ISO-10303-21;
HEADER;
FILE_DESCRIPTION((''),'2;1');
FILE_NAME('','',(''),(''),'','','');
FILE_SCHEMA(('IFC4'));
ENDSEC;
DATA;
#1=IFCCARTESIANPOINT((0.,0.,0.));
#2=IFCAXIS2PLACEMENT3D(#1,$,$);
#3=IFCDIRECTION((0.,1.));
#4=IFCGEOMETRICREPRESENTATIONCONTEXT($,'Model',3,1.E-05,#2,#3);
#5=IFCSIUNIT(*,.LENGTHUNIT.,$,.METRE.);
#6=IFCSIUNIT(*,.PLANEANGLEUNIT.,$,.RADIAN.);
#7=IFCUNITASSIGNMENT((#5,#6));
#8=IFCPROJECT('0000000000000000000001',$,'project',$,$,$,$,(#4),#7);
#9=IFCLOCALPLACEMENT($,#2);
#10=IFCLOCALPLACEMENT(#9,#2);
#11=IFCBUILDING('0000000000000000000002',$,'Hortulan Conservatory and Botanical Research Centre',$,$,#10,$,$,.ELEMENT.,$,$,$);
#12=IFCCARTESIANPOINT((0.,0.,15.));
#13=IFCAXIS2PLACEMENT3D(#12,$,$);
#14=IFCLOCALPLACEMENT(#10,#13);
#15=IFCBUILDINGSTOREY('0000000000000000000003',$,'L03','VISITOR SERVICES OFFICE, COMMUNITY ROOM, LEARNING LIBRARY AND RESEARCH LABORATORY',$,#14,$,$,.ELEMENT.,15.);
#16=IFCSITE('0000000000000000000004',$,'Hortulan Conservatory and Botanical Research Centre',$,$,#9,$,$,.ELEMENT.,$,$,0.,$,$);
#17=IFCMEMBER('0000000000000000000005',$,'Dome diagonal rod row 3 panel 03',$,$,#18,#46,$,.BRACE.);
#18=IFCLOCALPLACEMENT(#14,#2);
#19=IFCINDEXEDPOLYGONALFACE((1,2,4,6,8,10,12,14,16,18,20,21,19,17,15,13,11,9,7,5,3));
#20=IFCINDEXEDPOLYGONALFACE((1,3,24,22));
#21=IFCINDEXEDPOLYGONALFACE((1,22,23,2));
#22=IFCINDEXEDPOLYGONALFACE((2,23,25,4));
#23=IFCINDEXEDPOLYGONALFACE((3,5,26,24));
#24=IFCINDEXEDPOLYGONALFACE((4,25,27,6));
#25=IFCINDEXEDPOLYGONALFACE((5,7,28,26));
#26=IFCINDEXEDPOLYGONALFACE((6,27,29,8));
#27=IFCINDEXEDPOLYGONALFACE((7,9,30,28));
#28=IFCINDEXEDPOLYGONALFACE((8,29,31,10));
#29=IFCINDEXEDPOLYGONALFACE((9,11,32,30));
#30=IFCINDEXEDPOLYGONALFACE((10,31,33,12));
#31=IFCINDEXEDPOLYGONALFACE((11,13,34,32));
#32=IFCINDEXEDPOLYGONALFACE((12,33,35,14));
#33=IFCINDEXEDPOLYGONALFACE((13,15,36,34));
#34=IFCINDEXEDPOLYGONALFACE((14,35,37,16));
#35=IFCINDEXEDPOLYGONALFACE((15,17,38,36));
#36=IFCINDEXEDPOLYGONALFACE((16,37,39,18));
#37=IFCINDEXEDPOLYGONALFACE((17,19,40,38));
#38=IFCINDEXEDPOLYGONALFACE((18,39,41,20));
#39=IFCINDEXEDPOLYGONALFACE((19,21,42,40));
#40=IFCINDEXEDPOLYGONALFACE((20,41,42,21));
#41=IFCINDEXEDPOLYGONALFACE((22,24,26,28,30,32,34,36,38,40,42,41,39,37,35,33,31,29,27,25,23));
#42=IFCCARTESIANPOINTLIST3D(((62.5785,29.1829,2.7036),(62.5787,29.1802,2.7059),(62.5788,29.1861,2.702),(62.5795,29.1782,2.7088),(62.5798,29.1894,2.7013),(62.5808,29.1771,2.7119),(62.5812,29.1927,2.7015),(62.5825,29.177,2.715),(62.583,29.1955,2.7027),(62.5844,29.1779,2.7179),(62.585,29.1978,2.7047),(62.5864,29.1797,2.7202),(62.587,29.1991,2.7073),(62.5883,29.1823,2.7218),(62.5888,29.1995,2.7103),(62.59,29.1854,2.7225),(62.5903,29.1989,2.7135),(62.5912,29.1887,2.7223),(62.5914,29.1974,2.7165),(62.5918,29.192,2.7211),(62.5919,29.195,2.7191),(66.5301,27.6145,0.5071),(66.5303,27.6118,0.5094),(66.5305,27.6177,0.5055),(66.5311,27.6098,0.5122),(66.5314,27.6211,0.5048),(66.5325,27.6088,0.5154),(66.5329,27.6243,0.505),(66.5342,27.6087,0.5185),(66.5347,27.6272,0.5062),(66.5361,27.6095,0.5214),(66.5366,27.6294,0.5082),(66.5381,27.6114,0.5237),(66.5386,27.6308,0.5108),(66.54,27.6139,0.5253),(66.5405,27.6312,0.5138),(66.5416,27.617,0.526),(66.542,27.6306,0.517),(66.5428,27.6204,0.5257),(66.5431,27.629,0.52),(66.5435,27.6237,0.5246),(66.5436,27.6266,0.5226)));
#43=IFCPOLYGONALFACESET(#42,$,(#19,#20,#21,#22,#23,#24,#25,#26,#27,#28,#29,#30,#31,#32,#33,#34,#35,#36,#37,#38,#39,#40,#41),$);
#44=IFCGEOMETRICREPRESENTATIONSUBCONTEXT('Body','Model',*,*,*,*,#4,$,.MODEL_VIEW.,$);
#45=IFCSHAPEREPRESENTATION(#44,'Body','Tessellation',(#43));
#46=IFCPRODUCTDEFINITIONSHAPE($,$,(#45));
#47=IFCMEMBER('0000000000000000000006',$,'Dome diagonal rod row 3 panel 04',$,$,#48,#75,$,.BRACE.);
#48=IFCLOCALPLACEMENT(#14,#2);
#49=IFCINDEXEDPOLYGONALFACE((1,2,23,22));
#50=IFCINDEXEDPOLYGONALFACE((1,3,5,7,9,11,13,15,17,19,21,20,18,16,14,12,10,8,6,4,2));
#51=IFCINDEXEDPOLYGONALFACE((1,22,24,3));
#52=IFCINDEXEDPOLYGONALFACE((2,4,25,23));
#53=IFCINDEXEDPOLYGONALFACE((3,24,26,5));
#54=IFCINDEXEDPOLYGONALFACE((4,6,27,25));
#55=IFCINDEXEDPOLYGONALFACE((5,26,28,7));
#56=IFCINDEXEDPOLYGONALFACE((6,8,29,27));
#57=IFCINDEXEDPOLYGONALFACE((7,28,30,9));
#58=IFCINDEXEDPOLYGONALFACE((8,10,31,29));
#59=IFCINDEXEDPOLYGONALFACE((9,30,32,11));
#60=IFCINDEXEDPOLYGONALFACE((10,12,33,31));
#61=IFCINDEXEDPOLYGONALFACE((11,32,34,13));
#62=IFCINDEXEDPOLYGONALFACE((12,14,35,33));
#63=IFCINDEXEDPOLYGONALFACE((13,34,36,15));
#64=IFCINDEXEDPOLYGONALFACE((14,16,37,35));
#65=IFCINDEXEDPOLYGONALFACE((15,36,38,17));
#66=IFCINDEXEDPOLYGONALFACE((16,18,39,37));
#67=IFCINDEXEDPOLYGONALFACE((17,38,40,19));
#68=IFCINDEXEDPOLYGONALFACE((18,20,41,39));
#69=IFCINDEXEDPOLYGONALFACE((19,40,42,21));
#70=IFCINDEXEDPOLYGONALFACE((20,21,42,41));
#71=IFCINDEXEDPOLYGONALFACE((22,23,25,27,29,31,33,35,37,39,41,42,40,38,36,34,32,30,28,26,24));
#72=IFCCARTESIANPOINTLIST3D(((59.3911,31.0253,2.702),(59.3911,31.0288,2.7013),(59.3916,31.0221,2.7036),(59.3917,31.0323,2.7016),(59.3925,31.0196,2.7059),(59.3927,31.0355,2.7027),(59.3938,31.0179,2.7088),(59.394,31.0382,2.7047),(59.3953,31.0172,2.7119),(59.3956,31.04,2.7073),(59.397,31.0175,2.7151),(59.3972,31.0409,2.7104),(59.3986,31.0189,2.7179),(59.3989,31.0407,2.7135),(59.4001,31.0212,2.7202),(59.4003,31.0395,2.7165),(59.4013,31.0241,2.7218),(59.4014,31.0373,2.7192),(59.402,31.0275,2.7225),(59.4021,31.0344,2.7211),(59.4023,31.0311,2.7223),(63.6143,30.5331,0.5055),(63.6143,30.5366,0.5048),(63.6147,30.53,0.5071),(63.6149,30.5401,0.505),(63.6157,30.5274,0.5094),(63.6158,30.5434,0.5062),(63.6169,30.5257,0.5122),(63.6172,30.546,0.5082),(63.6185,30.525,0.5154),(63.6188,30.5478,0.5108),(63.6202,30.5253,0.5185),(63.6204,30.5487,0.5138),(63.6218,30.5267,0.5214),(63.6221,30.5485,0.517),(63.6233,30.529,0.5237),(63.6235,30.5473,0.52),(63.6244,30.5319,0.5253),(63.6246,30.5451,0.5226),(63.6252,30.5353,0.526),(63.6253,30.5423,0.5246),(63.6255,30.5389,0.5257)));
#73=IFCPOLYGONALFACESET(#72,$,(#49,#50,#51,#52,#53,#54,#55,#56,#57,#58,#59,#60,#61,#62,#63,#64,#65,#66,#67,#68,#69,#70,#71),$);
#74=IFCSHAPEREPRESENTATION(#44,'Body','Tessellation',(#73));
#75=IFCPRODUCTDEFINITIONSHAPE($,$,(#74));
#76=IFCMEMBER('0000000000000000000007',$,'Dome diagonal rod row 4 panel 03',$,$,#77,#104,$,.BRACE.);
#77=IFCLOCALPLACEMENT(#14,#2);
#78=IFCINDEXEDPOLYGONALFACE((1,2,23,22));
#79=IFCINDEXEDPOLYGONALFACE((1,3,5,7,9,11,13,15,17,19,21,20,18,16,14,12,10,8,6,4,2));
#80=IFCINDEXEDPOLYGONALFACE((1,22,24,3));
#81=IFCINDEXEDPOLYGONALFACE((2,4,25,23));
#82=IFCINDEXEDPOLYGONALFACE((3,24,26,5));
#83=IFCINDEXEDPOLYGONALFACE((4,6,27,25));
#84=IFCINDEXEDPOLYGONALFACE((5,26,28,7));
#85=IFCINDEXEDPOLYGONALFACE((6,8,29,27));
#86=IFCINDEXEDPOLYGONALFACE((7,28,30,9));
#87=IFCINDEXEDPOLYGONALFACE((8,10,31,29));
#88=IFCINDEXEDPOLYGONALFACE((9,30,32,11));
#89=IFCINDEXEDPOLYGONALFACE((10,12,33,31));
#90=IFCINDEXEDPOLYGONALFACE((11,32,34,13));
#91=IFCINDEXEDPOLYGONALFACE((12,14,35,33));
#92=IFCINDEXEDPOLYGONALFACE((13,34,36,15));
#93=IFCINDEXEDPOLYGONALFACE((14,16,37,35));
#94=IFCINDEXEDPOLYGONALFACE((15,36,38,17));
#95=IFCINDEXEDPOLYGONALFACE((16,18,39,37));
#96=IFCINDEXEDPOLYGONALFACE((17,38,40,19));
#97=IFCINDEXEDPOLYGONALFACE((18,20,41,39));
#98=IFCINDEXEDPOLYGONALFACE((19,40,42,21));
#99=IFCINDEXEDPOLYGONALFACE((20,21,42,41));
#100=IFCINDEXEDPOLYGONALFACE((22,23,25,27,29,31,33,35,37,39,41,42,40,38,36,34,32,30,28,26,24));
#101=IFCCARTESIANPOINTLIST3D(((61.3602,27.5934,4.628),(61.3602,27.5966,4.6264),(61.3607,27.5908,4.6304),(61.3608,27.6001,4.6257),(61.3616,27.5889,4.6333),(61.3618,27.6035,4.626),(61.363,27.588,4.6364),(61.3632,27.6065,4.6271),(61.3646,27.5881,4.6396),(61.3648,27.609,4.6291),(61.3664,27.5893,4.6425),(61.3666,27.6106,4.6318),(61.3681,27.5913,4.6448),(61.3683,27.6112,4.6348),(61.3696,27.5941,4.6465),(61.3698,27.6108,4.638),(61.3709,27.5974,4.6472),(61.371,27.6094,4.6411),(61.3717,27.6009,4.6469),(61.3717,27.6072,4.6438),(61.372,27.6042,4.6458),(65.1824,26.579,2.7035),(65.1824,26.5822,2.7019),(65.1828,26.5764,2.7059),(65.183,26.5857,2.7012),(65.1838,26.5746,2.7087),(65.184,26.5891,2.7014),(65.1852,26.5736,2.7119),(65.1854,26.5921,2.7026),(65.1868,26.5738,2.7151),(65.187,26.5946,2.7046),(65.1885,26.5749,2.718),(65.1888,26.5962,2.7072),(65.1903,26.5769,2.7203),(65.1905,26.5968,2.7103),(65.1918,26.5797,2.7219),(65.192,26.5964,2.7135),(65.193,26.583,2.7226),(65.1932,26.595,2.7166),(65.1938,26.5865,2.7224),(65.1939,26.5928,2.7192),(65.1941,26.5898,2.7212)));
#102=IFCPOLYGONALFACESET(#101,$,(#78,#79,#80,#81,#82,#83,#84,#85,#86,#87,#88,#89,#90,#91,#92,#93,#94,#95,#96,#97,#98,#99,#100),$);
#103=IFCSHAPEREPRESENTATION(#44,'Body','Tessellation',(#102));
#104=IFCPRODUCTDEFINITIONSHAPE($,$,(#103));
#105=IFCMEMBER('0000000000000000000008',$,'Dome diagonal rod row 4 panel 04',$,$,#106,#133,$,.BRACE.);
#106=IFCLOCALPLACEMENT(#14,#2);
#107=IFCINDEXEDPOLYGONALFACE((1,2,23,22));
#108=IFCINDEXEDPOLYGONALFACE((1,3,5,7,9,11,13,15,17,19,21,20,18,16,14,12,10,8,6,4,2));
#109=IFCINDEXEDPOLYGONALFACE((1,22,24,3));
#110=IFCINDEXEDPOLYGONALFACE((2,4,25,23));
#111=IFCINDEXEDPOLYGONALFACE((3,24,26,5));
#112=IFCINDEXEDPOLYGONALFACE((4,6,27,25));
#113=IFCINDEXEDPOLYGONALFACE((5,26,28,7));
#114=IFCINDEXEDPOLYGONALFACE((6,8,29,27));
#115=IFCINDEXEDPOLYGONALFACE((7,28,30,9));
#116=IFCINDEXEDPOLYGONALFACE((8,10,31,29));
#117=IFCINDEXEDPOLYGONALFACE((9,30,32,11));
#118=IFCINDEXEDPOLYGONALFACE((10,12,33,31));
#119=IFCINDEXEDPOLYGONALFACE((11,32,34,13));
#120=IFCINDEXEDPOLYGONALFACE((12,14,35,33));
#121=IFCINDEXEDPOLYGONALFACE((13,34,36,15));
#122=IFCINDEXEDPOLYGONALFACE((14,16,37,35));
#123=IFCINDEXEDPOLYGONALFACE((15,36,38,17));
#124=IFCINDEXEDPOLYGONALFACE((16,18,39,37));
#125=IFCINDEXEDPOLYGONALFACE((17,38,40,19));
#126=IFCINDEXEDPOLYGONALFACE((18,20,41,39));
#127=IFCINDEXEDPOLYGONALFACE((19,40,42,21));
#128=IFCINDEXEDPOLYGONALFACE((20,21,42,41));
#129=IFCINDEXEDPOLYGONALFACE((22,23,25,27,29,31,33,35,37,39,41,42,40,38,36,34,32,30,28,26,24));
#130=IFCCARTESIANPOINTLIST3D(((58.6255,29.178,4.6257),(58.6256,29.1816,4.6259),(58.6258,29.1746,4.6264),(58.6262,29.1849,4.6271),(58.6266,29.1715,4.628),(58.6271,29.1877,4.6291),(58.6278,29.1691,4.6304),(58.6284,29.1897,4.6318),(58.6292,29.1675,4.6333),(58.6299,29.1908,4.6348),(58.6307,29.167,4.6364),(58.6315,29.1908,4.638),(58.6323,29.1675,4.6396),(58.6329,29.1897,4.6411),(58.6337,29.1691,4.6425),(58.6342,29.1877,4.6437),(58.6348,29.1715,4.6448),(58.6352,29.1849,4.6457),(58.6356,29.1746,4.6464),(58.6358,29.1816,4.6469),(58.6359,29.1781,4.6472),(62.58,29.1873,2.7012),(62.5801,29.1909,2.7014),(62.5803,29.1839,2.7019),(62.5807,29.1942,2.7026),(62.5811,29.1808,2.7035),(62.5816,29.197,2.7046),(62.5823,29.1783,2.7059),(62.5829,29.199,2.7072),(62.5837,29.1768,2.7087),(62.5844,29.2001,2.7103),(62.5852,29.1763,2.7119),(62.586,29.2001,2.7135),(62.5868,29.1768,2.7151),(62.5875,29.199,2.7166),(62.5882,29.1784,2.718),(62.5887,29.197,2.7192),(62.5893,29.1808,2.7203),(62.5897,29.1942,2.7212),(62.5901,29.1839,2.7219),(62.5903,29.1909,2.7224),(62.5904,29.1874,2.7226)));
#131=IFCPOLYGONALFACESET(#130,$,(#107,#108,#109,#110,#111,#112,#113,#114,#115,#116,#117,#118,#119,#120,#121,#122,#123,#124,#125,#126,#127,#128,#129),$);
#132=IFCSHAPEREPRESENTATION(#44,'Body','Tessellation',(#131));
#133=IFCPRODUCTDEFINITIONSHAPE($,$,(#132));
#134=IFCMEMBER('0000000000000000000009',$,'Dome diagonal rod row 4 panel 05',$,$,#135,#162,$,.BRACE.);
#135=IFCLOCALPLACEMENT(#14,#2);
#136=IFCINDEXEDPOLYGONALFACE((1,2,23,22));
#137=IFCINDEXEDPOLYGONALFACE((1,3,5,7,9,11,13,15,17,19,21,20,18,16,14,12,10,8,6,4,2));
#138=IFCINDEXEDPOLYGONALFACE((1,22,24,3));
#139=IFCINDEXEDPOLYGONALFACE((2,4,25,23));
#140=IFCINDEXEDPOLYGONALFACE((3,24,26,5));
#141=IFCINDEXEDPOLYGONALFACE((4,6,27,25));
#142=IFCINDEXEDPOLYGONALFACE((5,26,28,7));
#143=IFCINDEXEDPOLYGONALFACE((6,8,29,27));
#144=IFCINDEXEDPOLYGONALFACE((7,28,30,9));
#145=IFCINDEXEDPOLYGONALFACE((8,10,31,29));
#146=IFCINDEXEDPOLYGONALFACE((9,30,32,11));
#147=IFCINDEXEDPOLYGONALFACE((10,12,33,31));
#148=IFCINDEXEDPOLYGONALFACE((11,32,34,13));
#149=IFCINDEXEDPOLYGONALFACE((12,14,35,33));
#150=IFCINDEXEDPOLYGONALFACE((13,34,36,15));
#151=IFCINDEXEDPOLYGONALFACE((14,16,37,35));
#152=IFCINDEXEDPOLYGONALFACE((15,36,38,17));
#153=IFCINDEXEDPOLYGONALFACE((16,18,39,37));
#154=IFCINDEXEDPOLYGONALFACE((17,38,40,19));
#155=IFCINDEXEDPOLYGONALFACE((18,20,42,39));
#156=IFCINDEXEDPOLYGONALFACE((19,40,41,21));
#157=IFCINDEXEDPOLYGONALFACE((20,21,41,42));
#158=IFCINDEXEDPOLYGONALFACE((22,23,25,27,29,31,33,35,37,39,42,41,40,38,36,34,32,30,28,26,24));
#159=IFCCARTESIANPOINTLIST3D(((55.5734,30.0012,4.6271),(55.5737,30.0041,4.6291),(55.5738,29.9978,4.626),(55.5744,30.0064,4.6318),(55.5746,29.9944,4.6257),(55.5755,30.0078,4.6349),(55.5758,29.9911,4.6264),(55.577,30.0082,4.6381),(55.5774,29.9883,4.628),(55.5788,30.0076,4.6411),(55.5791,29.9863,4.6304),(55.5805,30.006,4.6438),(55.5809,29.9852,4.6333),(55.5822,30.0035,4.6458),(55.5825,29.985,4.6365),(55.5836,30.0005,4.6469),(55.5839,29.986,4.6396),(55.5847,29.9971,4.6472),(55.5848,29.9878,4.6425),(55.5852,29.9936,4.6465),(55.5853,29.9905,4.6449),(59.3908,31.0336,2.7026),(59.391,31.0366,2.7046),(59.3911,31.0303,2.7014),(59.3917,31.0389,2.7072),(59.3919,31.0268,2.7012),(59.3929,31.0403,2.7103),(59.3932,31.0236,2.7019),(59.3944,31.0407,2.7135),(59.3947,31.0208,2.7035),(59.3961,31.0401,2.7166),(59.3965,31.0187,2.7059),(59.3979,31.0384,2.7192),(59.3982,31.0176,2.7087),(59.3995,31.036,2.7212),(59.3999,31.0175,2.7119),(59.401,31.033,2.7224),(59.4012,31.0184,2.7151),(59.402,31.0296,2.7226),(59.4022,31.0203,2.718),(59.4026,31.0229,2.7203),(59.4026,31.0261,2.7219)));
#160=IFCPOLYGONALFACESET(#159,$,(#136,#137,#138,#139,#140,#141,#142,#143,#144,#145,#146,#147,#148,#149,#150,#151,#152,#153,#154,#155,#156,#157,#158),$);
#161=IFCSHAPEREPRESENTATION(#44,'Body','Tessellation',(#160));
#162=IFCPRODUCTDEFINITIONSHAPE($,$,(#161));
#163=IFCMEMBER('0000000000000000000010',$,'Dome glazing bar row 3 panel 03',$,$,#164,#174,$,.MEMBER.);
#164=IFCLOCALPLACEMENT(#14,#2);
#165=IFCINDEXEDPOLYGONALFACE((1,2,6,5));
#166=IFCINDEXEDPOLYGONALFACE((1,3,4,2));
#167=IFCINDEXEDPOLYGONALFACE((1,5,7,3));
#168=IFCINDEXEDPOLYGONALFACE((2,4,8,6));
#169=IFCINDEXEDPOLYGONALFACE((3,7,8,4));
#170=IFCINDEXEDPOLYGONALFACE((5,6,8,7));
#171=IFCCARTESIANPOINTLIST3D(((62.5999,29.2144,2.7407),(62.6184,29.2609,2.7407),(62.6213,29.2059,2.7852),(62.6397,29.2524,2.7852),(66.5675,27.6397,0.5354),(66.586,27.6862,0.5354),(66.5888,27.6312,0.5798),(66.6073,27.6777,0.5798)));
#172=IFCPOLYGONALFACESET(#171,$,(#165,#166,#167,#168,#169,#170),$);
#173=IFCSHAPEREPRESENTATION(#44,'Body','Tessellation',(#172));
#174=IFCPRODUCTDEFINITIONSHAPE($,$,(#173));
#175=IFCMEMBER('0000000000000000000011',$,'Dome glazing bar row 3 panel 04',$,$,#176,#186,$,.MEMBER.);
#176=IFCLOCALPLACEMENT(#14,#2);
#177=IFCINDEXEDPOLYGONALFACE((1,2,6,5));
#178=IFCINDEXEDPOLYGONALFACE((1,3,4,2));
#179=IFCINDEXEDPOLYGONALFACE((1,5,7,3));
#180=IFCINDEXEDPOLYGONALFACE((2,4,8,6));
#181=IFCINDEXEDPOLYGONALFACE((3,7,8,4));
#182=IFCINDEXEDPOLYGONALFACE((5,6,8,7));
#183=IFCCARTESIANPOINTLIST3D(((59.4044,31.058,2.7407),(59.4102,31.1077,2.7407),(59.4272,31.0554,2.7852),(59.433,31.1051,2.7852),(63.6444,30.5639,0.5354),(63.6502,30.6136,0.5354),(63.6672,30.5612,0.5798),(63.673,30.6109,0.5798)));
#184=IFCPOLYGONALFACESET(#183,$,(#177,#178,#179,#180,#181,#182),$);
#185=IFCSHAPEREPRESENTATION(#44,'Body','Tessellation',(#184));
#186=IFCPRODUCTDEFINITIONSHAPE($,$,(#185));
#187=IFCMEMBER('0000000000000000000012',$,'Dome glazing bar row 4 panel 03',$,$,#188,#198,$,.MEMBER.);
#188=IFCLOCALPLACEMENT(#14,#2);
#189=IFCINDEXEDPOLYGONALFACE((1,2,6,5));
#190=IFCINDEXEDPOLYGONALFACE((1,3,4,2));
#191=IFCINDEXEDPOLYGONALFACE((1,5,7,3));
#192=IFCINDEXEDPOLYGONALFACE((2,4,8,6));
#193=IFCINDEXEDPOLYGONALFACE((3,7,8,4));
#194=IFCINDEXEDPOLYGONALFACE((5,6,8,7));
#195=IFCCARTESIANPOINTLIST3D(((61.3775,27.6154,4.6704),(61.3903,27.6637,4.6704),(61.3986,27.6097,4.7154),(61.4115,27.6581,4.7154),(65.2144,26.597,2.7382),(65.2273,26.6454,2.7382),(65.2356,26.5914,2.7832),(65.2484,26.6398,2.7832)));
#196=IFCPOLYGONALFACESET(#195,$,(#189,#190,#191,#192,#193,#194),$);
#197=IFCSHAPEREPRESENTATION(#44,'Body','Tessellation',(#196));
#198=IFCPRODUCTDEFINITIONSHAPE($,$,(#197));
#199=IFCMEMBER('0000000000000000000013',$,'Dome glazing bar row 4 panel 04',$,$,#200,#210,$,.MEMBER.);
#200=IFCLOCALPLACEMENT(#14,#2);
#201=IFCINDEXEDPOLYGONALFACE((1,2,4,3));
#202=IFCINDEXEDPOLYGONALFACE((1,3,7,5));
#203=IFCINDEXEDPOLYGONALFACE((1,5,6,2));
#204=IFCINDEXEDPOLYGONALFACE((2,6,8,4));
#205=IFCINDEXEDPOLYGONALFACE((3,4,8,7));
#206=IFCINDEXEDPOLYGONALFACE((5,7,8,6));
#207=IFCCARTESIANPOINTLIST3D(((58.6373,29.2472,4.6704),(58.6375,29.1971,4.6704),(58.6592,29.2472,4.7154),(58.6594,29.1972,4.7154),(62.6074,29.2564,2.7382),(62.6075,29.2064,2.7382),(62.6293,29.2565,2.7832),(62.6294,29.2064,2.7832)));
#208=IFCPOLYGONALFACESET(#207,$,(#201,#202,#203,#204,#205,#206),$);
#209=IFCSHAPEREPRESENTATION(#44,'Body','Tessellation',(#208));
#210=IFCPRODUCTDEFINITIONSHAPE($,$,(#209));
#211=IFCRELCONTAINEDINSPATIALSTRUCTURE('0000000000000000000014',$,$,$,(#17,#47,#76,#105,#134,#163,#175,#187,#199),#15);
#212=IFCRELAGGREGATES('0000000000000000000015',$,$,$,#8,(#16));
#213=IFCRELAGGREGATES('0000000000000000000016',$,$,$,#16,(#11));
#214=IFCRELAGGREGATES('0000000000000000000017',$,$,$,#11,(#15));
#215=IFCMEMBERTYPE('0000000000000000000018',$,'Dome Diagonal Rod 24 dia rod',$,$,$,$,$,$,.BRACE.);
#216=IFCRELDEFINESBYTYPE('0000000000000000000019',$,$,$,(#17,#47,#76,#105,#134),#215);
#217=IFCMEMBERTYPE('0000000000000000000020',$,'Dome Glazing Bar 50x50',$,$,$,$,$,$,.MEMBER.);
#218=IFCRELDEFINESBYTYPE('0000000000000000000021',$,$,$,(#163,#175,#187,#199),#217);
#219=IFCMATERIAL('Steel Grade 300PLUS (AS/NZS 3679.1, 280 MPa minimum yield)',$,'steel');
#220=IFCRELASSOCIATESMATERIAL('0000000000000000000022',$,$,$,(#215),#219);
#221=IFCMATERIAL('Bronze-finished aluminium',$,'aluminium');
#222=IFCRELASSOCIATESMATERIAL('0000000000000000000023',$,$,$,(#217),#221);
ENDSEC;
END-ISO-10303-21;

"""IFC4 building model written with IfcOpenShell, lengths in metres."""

from ifc_helpers import new_model, si_unit, direction, frame, origin, origin_2d, place, context, subcontext, project, spatial, rectangle, circle, extrude, material, material_profile, profile_set, type_object, element, save


model = new_model("IFC4")

# Units and contexts
model_context = context("Model", 3, precision=1e-05, world=origin(), true_north=direction((0.0, 1.0)))
body_context = subcontext(model_context, "Body", "Model", "MODEL_VIEW")
ifc_project = project(units=[si_unit("LENGTHUNIT", "METRE"), si_unit("PLANEANGLEUNIT", "RADIAN")], contexts=[model_context])

# Site, building, storey
site_placement = place(None, origin())
site = spatial("IfcSite", under=ifc_project, at=site_placement, Name="Hortulan Conservatory and Botanical Research Centre", CompositionType="ELEMENT", RefElevation=0.0)
building_placement = place(site_placement, origin())
building = spatial("IfcBuilding", under=site, at=building_placement, Name="Hortulan Conservatory and Botanical Research Centre", CompositionType="ELEMENT")
storey_placement = place(building_placement, frame((0.0, 0.0, 15.0)))
storey = spatial("IfcBuildingStorey", under=building, at=storey_placement, Name="L03", Description="VISITOR SERVICES OFFICE, COMMUNITY ROOM, LEARNING LIBRARY AND RESEARCH LABORATORY", CompositionType="ELEMENT", Elevation=15.0)

# Members
ifc_material_1 = material(Name="Steel Grade 300PLUS (AS/NZS 3679.1, 280 MPa minimum yield)", Category="steel")
ifc_material_profile_1 = material_profile(ifc_material_1, circle(Radius=0.012, at=origin_2d()), Name="24 dia rod")
ifc_profile_set_1 = profile_set([ifc_material_profile_1], Name="Steel Grade 300PLUS (AS/NZS 3679.1, 280 MPa minimum yield)")
member_type_1 = type_object("IfcMemberType", Name="Dome Diagonal Rod 24 dia rod", PredefinedType="BRACE", material=ifc_profile_set_1)
member_1_placement = place(storey_placement, frame((66.5369, 27.6199, 0.5154), z_axis=(-0.825773, 0.327738, 0.459006), x_axis=(-0.368894, -0.929471, 0.0)))
element("IfcMember", 1, at=member_1_placement, inside=storey, type_object=member_type_1, Name="Dome diagonal rod row 3 panel 03", PredefinedType="BRACE", context=body_context, shape_type="SweptSolid", body=[
    extrude(circle(Radius=0.012, at=origin_2d()), origin(), (0.0, 0.0, 1.0), 4.7854),
])
member_2_placement = place(storey_placement, frame((63.6199, 30.5369, 0.5154), z_axis=(-0.882469, 0.102848, 0.458988), x_axis=(-0.115762, -0.993277, 0.0)))
element("IfcMember", 2, at=member_2_placement, inside=storey, type_object=member_type_1, Name="Dome diagonal rod row 3 panel 04", PredefinedType="BRACE", context=body_context, shape_type="SweptSolid", body=[
    extrude(circle(Radius=0.012, at=origin_2d()), origin(), (0.0, 0.0, 1.0), 4.7856),
])
for number, where, z_axis, x_axis, name in (
    (3, (65.1882, 26.5852, 2.7119), (-0.869086, 0.23065, 0.437596), (-0.256514, -0.966541, 0.0), "Dome diagonal rod row 4 panel 03"),
    (4, (62.5852, 29.1882, 2.7119), (-0.89917, -0.002109, 0.437595), (0.002346, -0.999997, 0.0), "Dome diagonal rod row 4 panel 04"),
    (5, (59.3967, 31.0291, 2.7119), (-0.867983, -0.23476, 0.4376), (0.261085, -0.965316, 0.0), "Dome diagonal rod row 4 panel 05"),
):
    element("IfcMember", number, at=place(storey_placement, frame(where, z_axis=z_axis, x_axis=x_axis)), inside=storey, type_object=member_type_1, Name=name, PredefinedType="BRACE", context=body_context, shape_type="SweptSolid", body=[
        extrude(circle(Radius=0.012, at=origin_2d()), origin(), (0.0, 0.0, 1.0), 4.3979),
    ])
ifc_material_2 = material(Name="Bronze-finished aluminium", Category="aluminium")
ifc_material_profile_2 = material_profile(ifc_material_2, rectangle(XDim=0.05, YDim=0.05, at=origin_2d()), Name="Square bar 50x50")
ifc_profile_set_2 = profile_set([ifc_material_profile_2], Name="Bronze-finished aluminium")
member_type_2 = type_object("IfcMemberType", Name="Dome Glazing Bar 50x50", PredefinedType="MEMBER", material=ifc_profile_set_2)
for number, where, z_axis, x_axis, name in (
    (6, (66.5874, 27.6587, 0.5576), (-0.825773, 0.327748, 0.459), (-0.368904, -0.929467, 0.0), "Dome glazing bar row 3 panel 03"),
    (7, (63.6587, 30.5874, 0.5576), (-0.882467, 0.102845, 0.458993), (-0.115759, -0.993277, 0.0), "Dome glazing bar row 3 panel 04"),
):
    element("IfcMember", number, at=place(storey_placement, frame(where, z_axis=z_axis, x_axis=x_axis)), inside=storey, type_object=member_type_2, Name=name, PredefinedType="MEMBER", context=body_context, shape_type="SweptSolid", body=[
        extrude(rectangle(XDim=0.05, YDim=0.05, at=origin_2d()), origin(), (0.0, 0.0, 1.0), 4.8047),
    ])
member_3_placement = place(storey_placement, frame((65.2314, 26.6184, 2.7607), z_axis=(-0.869068, 0.230649, 0.437631), x_axis=(-0.256518, -0.966539, 0.0)))
element("IfcMember", 8, at=member_3_placement, inside=storey, type_object=member_type_2, Name="Dome glazing bar row 4 panel 03", PredefinedType="MEMBER", context=body_context, shape_type="SweptSolid", body=[
    extrude(rectangle(XDim=0.05, YDim=0.05, at=origin_2d()), origin(), (0.0, 0.0, 1.0), 4.415),
])
member_4_placement = place(storey_placement, frame((62.6184, 29.2314, 2.7607), z_axis=(-0.899163, -0.002101, 0.43761), x_axis=(0.002337, -0.999997, 0.0)))
element("IfcMember", 9, at=member_4_placement, inside=storey, type_object=member_type_2, Name="Dome glazing bar row 4 panel 04", PredefinedType="MEMBER", context=body_context, shape_type="SweptSolid", body=[
    extrude(rectangle(XDim=0.05, YDim=0.05, at=origin_2d()), origin(), (0.0, 0.0, 1.0), 4.4153),
])

save(model, "model.ifc")
